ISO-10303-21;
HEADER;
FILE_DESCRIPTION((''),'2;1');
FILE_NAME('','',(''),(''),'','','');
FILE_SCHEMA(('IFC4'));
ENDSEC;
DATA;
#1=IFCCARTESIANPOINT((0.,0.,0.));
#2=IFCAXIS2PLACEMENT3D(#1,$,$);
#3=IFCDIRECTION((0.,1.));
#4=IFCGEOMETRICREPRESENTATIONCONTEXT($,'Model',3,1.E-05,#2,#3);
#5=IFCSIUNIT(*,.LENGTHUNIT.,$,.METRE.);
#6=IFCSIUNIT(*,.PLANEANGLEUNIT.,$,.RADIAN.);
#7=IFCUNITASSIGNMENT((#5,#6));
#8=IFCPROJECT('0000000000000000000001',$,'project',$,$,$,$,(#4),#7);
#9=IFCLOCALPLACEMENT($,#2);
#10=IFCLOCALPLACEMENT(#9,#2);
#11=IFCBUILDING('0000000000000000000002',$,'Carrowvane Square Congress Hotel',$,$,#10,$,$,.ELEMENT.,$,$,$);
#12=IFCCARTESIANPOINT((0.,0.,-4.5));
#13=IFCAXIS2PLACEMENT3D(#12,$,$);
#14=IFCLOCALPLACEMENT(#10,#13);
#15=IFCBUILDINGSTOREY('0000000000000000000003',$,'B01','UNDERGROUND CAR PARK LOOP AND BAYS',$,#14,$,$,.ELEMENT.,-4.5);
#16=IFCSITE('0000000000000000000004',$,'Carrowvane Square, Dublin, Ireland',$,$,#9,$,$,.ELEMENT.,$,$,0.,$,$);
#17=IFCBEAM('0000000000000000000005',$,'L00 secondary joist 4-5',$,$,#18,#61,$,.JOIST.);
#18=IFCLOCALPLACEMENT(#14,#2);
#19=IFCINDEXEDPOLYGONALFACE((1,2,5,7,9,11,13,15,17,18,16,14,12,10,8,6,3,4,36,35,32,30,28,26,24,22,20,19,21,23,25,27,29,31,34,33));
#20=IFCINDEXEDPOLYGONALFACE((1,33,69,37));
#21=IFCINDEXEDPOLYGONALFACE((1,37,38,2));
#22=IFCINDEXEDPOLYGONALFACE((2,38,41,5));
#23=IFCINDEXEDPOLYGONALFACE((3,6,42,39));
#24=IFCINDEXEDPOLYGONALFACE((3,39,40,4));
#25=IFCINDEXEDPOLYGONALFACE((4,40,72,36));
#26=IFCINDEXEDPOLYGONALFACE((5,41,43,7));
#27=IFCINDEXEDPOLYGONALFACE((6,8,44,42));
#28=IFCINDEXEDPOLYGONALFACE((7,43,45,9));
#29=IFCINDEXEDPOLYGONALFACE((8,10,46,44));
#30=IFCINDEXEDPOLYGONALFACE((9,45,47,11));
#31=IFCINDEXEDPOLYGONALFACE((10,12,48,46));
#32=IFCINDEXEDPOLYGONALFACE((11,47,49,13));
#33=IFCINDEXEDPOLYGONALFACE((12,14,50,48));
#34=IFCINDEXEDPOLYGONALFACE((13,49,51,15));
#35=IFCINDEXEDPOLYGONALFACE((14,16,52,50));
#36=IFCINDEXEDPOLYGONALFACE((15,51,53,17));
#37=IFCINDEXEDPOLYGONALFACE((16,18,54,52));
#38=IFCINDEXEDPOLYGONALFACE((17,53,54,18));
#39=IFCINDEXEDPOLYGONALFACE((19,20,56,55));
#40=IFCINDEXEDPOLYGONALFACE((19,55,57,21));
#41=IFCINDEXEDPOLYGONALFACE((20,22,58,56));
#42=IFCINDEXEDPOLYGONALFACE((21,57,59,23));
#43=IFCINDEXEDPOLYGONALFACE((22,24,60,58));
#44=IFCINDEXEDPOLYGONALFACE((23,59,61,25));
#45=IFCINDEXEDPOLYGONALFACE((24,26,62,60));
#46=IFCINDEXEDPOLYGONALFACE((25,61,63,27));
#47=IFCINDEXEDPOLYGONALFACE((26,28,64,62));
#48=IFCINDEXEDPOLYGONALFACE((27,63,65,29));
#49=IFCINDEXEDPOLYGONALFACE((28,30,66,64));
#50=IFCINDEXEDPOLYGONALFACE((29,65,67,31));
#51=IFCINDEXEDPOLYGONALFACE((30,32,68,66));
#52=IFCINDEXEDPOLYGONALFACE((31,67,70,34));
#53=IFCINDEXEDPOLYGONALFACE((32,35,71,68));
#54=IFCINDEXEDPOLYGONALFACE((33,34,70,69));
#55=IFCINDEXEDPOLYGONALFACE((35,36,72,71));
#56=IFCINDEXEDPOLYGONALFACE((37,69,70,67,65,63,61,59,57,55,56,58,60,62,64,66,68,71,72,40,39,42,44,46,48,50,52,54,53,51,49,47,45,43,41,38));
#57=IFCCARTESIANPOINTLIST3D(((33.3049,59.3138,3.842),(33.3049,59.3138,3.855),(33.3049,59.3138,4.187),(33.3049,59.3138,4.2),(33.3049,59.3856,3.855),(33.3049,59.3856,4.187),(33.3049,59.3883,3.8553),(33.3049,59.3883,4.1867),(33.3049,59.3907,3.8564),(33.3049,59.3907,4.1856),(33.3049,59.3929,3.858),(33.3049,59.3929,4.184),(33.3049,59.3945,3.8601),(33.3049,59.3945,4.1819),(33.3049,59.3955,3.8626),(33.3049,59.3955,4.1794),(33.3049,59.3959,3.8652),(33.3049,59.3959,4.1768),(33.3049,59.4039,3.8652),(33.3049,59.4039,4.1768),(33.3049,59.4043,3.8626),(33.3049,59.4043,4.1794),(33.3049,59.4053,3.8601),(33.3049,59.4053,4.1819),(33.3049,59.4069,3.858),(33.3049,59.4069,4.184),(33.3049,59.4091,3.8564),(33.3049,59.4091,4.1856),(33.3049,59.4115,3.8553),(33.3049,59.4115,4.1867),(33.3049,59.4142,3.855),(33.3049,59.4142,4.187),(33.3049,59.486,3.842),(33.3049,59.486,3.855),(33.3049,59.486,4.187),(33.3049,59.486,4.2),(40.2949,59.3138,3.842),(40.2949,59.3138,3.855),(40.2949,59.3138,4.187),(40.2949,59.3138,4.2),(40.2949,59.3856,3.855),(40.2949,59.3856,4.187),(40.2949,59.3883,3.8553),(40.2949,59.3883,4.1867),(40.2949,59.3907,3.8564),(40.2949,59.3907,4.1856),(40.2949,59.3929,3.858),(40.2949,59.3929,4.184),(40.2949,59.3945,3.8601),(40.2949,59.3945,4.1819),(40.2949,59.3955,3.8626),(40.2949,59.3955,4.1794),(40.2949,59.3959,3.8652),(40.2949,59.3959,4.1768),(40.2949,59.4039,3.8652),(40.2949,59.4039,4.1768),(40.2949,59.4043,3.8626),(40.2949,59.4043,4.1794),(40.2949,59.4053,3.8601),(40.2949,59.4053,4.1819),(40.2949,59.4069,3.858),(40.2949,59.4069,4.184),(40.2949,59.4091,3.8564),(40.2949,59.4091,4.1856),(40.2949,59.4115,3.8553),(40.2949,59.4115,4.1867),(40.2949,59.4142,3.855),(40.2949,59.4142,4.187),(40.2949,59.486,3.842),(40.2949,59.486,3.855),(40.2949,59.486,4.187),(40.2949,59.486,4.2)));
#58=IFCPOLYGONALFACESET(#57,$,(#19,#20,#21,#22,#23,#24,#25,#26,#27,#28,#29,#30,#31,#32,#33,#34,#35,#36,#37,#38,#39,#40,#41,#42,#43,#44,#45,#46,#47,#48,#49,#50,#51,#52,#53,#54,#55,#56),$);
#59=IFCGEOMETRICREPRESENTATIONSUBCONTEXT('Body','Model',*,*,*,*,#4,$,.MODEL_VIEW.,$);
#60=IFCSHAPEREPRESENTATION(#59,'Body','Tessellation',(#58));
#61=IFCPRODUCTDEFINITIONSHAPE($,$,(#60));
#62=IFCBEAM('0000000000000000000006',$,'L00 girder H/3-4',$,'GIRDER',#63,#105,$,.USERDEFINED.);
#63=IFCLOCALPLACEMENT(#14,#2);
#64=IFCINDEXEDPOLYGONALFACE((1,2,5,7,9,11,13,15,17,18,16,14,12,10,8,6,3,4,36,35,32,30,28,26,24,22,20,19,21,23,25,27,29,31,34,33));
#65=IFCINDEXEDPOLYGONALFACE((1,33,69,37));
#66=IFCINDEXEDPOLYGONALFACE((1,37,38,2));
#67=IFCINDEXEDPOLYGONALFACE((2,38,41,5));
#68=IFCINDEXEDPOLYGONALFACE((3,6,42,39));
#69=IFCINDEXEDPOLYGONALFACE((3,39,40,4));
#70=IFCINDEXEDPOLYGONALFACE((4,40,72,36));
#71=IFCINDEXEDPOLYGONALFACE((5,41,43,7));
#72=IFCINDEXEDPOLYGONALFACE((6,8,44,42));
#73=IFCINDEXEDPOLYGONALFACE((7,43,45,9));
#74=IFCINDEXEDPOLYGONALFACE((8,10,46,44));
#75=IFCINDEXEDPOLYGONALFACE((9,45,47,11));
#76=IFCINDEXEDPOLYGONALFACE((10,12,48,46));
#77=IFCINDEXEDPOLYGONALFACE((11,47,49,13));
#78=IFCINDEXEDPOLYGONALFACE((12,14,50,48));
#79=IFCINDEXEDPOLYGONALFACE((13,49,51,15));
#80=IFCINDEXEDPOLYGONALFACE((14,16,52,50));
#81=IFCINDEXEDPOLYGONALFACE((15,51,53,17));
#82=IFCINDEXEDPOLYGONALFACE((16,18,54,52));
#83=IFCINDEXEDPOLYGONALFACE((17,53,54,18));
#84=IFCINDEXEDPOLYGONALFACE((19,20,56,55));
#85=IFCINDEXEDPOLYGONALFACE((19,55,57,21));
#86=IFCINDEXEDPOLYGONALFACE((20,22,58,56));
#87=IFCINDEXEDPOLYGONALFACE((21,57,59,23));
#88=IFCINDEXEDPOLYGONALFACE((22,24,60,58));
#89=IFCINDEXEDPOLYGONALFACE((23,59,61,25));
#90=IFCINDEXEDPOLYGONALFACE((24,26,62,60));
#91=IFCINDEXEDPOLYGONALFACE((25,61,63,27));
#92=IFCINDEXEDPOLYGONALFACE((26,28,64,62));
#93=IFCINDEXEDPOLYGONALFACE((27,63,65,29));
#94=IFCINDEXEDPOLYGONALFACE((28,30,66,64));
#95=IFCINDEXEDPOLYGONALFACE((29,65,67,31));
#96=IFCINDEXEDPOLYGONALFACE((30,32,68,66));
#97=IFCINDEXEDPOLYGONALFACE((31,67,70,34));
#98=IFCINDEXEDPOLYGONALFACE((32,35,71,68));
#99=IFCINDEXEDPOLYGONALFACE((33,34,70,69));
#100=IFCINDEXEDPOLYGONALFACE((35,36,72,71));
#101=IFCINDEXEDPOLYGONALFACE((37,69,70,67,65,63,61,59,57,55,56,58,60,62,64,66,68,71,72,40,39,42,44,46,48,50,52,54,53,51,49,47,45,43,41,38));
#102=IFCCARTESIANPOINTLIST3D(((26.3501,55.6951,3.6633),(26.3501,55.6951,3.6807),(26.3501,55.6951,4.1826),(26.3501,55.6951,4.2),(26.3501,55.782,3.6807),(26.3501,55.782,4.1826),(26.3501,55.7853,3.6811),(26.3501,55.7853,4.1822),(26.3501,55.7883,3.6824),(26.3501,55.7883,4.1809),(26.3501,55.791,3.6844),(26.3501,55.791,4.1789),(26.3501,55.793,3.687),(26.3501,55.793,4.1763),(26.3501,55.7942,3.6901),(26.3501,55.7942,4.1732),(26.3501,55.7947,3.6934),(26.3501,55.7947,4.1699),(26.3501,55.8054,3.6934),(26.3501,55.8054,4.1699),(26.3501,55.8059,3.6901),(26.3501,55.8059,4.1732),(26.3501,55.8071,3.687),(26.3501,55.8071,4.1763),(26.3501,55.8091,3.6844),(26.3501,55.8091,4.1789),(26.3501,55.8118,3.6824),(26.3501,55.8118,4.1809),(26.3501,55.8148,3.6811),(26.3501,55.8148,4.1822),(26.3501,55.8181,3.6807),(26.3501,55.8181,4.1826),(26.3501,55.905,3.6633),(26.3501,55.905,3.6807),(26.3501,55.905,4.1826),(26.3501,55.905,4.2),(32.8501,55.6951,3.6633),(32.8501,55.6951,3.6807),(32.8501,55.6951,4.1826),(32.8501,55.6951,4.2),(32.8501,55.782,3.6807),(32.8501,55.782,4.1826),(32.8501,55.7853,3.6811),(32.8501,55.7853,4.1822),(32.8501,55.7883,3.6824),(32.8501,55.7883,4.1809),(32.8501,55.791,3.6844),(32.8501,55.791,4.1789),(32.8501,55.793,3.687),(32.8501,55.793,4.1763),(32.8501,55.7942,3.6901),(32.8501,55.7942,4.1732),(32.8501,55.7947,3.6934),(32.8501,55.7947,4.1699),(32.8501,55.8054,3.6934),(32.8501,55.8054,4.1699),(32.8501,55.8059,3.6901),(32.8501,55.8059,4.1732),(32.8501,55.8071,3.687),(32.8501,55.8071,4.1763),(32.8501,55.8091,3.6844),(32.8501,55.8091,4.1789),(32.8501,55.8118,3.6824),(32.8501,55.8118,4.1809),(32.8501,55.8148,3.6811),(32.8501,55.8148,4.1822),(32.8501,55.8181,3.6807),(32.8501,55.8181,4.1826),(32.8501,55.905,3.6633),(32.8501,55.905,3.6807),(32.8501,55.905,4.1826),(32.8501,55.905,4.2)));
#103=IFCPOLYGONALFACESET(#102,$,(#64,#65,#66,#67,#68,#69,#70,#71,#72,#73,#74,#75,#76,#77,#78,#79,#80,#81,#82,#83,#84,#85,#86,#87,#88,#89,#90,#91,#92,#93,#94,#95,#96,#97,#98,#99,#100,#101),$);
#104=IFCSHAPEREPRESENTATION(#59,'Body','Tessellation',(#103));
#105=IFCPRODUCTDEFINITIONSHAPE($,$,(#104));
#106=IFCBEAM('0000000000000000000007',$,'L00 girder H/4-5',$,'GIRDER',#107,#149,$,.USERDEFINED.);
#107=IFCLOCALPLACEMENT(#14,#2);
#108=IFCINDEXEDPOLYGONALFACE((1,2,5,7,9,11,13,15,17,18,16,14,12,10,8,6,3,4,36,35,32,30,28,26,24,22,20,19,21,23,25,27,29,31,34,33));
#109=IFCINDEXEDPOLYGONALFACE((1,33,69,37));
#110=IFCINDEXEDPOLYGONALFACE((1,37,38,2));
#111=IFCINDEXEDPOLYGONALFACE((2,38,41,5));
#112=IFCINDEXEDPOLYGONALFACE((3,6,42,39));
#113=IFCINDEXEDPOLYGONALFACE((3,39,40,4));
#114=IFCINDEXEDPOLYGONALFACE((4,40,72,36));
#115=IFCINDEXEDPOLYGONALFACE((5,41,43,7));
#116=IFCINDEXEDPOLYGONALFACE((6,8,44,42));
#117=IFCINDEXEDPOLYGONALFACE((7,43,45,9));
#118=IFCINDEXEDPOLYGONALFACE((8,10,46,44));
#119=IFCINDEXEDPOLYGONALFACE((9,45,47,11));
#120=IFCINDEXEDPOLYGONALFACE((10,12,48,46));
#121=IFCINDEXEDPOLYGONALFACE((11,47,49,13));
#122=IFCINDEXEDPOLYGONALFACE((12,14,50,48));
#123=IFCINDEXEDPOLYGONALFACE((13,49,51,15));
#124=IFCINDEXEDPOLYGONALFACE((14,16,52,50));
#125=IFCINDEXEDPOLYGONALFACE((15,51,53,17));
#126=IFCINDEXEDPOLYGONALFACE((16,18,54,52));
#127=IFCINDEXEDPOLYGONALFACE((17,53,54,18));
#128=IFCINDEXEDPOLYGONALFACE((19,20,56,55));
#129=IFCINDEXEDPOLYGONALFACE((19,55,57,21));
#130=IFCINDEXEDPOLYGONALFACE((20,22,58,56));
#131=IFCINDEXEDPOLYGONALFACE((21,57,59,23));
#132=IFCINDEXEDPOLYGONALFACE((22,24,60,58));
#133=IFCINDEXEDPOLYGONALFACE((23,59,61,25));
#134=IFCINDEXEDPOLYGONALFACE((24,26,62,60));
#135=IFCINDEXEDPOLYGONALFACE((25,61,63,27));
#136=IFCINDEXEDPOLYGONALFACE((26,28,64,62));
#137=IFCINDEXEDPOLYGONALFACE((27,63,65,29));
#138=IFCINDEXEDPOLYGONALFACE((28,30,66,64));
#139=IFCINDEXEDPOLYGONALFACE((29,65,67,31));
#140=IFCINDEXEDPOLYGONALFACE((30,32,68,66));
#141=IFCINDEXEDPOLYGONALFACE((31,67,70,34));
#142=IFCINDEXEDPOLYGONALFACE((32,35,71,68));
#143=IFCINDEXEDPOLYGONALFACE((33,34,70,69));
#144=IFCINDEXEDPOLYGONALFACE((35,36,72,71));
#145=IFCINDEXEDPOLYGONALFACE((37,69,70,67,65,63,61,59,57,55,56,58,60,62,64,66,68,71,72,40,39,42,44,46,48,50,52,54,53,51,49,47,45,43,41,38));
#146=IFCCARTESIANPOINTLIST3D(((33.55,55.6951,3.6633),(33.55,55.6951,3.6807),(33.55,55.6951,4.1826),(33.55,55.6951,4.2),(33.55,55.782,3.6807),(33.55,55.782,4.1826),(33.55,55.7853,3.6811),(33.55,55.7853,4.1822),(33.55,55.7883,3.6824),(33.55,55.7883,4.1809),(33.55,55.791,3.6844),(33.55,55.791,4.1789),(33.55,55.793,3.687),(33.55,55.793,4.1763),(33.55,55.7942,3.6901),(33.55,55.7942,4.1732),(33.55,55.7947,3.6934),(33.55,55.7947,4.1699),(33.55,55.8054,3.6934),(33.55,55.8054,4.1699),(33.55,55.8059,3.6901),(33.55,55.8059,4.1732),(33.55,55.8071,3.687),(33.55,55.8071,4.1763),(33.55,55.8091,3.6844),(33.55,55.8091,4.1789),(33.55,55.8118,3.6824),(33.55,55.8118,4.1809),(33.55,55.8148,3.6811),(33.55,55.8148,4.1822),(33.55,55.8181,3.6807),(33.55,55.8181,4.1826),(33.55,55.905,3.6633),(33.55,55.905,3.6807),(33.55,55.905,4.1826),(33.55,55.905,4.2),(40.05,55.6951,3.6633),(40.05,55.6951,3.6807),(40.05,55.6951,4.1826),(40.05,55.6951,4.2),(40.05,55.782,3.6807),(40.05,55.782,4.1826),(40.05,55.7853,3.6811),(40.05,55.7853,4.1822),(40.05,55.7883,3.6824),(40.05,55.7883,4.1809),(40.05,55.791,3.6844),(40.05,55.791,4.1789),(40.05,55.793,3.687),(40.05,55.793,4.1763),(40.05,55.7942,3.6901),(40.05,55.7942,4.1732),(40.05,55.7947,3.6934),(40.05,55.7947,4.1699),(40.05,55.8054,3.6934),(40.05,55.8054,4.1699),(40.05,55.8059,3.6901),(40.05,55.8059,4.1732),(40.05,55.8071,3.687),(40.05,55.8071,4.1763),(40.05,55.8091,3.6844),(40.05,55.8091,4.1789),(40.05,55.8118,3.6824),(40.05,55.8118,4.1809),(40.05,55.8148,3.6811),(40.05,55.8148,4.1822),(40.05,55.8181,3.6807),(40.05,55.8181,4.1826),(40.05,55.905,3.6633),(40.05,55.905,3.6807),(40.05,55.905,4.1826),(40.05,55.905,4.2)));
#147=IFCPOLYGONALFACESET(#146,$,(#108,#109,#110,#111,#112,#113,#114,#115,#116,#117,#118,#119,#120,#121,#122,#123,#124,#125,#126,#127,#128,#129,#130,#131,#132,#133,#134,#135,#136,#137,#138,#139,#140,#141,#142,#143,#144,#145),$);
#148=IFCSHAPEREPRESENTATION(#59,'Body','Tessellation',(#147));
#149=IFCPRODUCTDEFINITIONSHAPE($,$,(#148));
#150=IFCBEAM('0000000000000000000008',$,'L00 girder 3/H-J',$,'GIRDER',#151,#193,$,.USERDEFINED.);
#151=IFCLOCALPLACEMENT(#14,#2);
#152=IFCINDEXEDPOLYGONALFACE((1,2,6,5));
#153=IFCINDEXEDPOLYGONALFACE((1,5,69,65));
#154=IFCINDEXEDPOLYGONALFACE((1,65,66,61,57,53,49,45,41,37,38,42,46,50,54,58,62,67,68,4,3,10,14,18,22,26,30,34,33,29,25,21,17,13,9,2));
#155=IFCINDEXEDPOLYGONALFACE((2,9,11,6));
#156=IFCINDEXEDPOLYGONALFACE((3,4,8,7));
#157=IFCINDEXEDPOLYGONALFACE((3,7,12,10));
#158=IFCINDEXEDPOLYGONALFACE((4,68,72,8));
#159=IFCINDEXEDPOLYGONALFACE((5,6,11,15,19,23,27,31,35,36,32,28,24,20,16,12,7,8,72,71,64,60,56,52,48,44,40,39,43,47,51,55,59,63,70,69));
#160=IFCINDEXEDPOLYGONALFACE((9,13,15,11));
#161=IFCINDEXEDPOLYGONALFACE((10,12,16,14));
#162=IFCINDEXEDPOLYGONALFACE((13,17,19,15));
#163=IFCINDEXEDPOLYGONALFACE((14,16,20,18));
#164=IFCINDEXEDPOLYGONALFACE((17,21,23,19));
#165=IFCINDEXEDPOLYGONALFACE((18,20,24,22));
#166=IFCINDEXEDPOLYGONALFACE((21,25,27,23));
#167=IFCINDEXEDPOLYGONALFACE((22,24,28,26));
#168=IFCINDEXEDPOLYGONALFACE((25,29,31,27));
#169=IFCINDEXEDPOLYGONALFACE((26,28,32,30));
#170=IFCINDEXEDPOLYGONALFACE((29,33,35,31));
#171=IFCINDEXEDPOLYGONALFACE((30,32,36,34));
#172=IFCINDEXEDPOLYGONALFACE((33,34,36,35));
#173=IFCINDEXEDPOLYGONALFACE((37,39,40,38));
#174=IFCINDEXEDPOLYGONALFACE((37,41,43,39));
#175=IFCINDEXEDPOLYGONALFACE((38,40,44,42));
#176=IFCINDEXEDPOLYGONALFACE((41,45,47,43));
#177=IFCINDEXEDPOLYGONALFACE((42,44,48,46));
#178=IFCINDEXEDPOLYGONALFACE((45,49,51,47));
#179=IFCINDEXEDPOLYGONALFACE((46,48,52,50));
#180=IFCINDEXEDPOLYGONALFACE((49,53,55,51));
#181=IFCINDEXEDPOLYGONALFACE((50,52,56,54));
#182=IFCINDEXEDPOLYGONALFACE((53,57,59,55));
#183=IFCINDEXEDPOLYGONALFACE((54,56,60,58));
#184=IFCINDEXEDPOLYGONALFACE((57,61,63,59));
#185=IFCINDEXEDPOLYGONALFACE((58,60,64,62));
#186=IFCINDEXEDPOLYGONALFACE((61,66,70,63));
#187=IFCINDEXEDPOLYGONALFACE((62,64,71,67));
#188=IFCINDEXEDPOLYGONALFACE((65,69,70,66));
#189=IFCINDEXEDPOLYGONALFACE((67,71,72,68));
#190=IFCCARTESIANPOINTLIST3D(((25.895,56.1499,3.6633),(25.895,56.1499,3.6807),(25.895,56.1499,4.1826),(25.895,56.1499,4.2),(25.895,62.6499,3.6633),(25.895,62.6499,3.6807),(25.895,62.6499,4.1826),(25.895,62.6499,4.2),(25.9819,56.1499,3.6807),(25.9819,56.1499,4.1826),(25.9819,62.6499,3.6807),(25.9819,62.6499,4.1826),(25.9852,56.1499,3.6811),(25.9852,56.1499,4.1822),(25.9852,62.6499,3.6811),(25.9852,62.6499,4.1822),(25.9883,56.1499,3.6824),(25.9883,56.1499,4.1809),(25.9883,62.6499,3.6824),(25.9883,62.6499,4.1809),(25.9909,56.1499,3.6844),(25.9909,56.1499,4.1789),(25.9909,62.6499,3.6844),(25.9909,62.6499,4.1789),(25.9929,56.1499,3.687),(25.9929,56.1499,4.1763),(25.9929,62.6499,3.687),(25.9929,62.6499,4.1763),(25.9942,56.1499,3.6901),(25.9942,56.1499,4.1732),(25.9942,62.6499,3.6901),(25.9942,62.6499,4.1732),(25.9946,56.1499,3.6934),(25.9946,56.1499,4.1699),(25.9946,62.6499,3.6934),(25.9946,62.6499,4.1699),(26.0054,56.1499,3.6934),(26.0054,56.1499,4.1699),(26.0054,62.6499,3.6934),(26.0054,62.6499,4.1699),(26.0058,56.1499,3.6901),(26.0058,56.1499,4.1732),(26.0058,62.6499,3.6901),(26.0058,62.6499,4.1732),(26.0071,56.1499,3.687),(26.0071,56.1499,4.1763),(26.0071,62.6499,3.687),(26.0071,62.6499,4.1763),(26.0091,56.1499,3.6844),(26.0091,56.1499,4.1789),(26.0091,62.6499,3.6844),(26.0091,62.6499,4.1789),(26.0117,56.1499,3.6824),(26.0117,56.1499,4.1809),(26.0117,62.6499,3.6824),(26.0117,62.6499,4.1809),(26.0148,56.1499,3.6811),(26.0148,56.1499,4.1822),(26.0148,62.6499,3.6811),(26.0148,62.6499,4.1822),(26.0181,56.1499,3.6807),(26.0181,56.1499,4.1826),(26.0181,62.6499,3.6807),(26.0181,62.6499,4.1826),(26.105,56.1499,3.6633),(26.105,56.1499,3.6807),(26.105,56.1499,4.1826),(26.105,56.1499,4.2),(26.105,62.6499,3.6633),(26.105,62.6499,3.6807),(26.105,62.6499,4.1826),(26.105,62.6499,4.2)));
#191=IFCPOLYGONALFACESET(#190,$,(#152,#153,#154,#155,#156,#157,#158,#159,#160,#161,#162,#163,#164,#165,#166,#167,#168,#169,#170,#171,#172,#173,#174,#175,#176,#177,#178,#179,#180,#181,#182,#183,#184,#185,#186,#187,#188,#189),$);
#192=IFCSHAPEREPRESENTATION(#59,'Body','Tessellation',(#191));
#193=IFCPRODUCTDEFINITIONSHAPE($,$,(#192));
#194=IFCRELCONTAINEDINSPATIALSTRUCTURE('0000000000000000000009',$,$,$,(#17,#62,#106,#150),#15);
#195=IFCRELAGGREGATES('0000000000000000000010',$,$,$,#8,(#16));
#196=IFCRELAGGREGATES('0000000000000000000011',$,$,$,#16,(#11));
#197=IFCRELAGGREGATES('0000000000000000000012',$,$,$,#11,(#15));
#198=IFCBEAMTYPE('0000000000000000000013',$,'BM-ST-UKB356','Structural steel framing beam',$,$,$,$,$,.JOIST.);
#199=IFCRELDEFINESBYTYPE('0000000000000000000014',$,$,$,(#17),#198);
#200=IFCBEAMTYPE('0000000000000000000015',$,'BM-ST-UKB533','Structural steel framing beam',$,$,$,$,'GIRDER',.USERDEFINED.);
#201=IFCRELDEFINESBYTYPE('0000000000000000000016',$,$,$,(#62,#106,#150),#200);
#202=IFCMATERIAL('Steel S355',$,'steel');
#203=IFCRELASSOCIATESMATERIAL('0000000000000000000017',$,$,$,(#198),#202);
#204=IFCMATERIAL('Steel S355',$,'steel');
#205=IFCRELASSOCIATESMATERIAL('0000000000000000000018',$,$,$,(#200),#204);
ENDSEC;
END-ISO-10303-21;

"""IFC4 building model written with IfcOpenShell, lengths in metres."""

from ifc_helpers import new_model, si_unit, direction, frame, origin, origin_2d, place, context, subcontext, project, spatial, i_section, extrude, material, material_profile, profile_set, type_object, element, save


model = new_model("IFC4")

# Units and contexts
model_context = context("Model", 3, precision=1e-05, world=origin(), true_north=direction((0.0, 1.0)))
body_context = subcontext(model_context, "Body", "Model", "MODEL_VIEW")
ifc_project = project(units=[si_unit("LENGTHUNIT", "METRE"), si_unit("PLANEANGLEUNIT", "RADIAN")], contexts=[model_context])

# Site, building, storey
site_placement = place(None, origin())
site = spatial("IfcSite", under=ifc_project, at=site_placement, Name="Carrowvane Square, Dublin, Ireland", CompositionType="ELEMENT", RefElevation=0.0)
building_placement = place(site_placement, origin())
building = spatial("IfcBuilding", under=site, at=building_placement, Name="Carrowvane Square Congress Hotel", CompositionType="ELEMENT")
storey_placement = place(building_placement, frame((0.0, 0.0, -4.5)))
storey = spatial("IfcBuildingStorey", under=building, at=storey_placement, Name="B01", Description="UNDERGROUND CAR PARK LOOP AND BAYS", CompositionType="ELEMENT", Elevation=-4.5)

# Beams
ifc_material_1 = material(Name="Steel S355", Category="steel")
ifc_material_profile_1 = material_profile(ifc_material_1, i_section(OverallWidth=0.1721, OverallDepth=0.3579, WebThickness=0.0081, FlangeThickness=0.0129, FilletRadius=0.0103, at=origin_2d()), Name="UKB 356x171x57")
ifc_profile_set_1 = profile_set([ifc_material_profile_1], Name="Steel S355")
beam_type_1 = type_object("IfcBeamType", Name="BM-ST-UKB356", Description="Structural steel framing beam", PredefinedType="JOIST", material=ifc_profile_set_1)
for number, where, z_axis, x_axis, name in (
    (1, (33.3049, 59.3999, 4.021), (1.0, 0.0, 0.0), (0.0, 1.0, 0.0), "L00 secondary joist 4-5"),
):
    element("IfcBeam", number, at=place(storey_placement, frame(where, z_axis=z_axis, x_axis=x_axis)), inside=storey, type_object=beam_type_1, Name=name, PredefinedType="JOIST", context=body_context, shape_type="SweptSolid", body=[
        extrude(i_section(OverallWidth=0.1721, OverallDepth=0.3579, WebThickness=0.0081, FlangeThickness=0.0129, FilletRadius=0.0103, at=origin_2d()), origin(), (0.0, 0.0, 1.0), 6.99),
    ])
ifc_material_2 = material(Name="Steel S355", Category="steel")
ifc_material_profile_2 = material_profile(ifc_material_2, i_section(OverallWidth=0.21, OverallDepth=0.5366, WebThickness=0.0107, FlangeThickness=0.0173, FilletRadius=0.0127, at=origin_2d()), Name="UKB 533x210x101")
ifc_profile_set_2 = profile_set([ifc_material_profile_2], Name="Steel S355")
beam_type_2 = type_object("IfcBeamType", Name="BM-ST-UKB533", Description="Structural steel framing beam", ElementType="GIRDER", PredefinedType="USERDEFINED", material=ifc_profile_set_2)
for number, where, z_axis, x_axis, name in (
    (2, (26.3501, 55.8, 3.9316), (1.0, 0.0, 0.0), (0.0, 1.0, 0.0), "L00 girder H/3-4"),
    (3, (33.55, 55.8, 3.9316), (1.0, 0.0, 0.0), (0.0, 1.0, 0.0), "L00 girder H/4-5"),
    (4, (26.0, 56.1499, 3.9316), (0.0, 1.0, 0.0), (-1.0, 0.0, 0.0), "L00 girder 3/H-J"),
):
    element("IfcBeam", number, at=place(storey_placement, frame(where, z_axis=z_axis, x_axis=x_axis)), inside=storey, type_object=beam_type_2, Name=name, ObjectType="GIRDER", PredefinedType="USERDEFINED", context=body_context, shape_type="SweptSolid", body=[
        extrude(i_section(OverallWidth=0.21, OverallDepth=0.5366, WebThickness=0.0107, FlangeThickness=0.0173, FilletRadius=0.0127, at=origin_2d()), origin(), (0.0, 0.0, 1.0), 6.5),
    ])

save(model, "model.ifc")
